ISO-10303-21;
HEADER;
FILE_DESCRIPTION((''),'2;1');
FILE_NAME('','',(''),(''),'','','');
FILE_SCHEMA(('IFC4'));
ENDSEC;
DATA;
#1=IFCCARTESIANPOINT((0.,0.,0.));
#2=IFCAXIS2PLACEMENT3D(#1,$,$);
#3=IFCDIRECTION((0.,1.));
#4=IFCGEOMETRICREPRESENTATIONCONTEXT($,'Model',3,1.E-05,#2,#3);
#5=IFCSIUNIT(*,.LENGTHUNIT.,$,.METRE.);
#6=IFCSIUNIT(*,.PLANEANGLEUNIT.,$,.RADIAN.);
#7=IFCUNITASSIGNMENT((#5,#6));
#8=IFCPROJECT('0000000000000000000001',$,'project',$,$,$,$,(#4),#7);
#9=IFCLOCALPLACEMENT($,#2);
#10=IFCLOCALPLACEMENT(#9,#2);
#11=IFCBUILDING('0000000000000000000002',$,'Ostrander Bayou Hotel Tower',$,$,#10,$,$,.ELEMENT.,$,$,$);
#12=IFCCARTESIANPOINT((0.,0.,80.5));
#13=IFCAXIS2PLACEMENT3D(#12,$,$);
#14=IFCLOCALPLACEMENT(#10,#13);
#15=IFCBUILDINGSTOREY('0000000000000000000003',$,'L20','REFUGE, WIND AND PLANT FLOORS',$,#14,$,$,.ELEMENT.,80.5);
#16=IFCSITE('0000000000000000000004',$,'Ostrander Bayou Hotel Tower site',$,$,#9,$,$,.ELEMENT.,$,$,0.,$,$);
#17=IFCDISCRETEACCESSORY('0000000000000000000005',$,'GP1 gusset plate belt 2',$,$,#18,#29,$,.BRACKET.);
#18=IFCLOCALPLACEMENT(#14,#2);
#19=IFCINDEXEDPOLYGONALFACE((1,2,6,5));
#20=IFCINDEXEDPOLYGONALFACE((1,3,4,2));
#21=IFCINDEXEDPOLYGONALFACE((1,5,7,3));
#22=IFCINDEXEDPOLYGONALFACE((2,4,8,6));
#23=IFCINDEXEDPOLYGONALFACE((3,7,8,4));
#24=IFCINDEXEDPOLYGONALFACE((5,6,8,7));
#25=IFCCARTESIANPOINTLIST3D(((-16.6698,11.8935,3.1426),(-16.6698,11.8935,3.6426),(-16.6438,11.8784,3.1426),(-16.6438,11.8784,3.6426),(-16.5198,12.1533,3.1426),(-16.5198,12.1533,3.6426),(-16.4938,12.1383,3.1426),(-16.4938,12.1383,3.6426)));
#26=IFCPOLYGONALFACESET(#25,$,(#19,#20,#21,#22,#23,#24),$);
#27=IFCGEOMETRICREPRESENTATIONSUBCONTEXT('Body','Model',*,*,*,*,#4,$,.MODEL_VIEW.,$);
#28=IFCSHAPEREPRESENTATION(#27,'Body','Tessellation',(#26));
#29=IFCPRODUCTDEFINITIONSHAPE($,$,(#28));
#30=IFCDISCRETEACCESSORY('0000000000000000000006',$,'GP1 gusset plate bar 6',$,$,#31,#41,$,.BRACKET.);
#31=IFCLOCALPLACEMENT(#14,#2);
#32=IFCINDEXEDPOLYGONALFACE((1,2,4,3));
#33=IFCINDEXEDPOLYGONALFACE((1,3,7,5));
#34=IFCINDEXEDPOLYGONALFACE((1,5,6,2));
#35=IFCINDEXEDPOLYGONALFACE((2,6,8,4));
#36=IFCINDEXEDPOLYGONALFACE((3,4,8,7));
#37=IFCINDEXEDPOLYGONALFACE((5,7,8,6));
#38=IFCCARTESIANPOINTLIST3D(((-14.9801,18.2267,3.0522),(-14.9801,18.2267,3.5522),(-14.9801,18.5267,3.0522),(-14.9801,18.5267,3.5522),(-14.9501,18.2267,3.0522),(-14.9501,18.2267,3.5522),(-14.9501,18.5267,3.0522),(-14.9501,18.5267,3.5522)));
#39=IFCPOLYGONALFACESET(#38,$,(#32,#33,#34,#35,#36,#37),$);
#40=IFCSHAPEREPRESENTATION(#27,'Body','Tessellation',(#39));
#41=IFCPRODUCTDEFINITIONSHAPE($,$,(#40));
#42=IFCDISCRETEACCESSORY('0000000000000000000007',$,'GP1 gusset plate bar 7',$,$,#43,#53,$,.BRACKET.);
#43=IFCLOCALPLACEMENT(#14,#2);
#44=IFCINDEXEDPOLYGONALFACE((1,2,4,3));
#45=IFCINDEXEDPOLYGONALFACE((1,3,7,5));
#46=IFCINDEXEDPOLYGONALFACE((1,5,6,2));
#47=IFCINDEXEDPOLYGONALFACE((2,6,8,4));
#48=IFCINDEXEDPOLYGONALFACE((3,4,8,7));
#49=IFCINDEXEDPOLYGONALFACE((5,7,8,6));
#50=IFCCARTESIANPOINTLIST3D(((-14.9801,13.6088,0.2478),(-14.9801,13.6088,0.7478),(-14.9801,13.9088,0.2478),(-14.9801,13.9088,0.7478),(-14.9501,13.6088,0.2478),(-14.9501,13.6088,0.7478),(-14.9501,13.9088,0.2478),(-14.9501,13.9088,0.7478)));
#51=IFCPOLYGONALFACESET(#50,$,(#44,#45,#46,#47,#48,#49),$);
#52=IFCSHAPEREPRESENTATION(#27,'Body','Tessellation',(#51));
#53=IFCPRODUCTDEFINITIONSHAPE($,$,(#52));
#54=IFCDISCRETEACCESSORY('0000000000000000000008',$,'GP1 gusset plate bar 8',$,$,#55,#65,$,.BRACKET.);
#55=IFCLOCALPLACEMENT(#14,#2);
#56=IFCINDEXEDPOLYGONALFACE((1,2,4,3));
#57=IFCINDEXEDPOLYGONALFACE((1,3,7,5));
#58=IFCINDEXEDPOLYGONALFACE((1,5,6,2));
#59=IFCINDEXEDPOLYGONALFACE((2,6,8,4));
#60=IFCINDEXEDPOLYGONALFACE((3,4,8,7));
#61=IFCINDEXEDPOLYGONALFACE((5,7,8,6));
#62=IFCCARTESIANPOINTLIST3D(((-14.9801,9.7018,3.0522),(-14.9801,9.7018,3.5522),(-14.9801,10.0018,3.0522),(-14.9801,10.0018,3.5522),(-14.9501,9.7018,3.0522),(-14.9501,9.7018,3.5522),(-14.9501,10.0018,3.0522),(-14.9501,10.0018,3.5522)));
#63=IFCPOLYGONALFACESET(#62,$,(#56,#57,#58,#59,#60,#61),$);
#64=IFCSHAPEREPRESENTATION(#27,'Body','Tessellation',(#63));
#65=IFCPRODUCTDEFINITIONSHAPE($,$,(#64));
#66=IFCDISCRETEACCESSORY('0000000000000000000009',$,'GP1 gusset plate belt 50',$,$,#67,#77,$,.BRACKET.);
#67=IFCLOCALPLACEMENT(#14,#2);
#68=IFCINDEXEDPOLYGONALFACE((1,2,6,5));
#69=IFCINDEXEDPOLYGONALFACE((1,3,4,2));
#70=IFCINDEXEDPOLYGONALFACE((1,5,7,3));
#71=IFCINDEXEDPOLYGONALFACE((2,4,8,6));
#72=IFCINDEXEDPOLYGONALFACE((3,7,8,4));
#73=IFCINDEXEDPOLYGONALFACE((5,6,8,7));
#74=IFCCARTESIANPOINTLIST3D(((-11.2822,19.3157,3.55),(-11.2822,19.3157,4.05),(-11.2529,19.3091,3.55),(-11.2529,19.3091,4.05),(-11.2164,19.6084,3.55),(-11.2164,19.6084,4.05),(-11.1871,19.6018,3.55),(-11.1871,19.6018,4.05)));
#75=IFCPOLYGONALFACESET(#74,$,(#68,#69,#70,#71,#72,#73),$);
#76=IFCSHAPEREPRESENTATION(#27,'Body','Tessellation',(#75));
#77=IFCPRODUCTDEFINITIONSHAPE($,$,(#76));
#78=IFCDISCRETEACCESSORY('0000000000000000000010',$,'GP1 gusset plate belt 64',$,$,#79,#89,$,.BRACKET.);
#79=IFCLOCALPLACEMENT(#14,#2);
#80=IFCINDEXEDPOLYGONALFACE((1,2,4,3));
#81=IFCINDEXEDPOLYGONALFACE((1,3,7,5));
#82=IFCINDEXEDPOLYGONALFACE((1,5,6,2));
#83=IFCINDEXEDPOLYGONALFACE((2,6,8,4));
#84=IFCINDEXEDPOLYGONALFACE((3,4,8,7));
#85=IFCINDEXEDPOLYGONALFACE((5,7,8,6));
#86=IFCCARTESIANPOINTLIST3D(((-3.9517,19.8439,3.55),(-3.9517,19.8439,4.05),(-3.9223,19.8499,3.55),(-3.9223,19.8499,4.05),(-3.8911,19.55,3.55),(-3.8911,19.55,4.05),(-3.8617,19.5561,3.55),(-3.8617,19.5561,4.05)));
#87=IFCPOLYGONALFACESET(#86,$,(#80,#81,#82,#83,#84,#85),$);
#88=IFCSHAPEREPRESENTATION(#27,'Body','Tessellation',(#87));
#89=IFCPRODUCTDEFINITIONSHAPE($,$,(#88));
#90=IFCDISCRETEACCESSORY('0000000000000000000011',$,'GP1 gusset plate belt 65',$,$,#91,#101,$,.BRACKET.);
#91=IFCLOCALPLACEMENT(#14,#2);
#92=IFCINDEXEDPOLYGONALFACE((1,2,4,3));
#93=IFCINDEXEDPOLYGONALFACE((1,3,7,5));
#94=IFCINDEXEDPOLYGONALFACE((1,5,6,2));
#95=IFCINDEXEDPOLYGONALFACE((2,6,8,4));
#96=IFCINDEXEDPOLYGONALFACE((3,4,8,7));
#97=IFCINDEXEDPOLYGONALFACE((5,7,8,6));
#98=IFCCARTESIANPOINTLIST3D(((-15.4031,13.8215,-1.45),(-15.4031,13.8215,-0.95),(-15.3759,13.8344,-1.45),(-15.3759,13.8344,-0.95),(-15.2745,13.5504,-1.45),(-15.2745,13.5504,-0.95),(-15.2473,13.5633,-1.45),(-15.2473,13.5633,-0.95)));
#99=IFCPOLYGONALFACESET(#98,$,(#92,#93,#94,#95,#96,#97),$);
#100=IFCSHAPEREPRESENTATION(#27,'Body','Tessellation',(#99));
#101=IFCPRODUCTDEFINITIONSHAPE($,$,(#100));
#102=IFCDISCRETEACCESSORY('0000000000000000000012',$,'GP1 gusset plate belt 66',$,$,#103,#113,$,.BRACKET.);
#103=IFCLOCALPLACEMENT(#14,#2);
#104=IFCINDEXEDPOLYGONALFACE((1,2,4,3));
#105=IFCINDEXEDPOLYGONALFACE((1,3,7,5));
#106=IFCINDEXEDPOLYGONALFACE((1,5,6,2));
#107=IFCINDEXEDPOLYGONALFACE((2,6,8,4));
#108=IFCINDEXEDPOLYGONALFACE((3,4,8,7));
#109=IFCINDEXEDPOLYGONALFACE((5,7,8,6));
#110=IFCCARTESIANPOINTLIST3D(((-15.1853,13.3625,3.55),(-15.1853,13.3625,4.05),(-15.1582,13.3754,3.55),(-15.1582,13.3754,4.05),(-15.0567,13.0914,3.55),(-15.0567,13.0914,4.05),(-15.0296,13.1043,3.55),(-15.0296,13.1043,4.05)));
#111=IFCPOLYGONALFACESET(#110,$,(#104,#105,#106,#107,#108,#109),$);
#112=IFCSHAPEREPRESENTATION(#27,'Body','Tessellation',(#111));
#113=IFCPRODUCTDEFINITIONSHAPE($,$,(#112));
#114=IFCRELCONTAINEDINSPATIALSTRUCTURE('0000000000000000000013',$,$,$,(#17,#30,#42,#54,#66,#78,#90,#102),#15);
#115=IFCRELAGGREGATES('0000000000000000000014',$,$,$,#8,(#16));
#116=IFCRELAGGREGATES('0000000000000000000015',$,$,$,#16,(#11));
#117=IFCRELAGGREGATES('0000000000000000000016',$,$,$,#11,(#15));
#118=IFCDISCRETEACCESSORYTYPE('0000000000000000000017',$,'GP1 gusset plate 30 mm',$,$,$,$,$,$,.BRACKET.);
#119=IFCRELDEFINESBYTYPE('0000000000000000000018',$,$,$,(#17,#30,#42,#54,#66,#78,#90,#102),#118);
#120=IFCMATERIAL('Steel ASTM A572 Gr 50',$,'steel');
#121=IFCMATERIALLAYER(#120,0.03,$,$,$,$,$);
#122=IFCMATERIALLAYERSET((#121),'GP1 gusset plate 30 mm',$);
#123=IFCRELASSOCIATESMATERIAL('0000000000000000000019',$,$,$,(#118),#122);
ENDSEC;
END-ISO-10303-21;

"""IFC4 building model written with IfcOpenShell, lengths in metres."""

from ifc_helpers import new_model, si_unit, direction, frame, origin, origin_2d, place, context, subcontext, project, spatial, rectangle, extrude, material, layer, layer_set, type_object, element, save


model = new_model("IFC4")

# Units and contexts
model_context = context("Model", 3, precision=1e-05, world=origin(), true_north=direction((0.0, 1.0)))
body_context = subcontext(model_context, "Body", "Model", "MODEL_VIEW")
ifc_project = project(units=[si_unit("LENGTHUNIT", "METRE"), si_unit("PLANEANGLEUNIT", "RADIAN")], contexts=[model_context])

# Site, building, storey
site_placement = place(None, origin())
site = spatial("IfcSite", under=ifc_project, at=site_placement, Name="Ostrander Bayou Hotel Tower site", CompositionType="ELEMENT", RefElevation=0.0)
building_placement = place(site_placement, origin())
building = spatial("IfcBuilding", under=site, at=building_placement, Name="Ostrander Bayou Hotel Tower", CompositionType="ELEMENT")
storey_placement = place(building_placement, frame((0.0, 0.0, 80.5)))
storey = spatial("IfcBuildingStorey", under=building, at=storey_placement, Name="L20", Description="REFUGE, WIND AND PLANT FLOORS", CompositionType="ELEMENT", Elevation=80.5)

# Discrete accessories
ifc_material_1 = material(Name="Steel ASTM A572 Gr 50", Category="steel")
ifc_layer_1 = layer(ifc_material_1, 0.03)
ifc_layer_set_1 = layer_set([ifc_layer_1], Name="GP1 gusset plate 30 mm")
discrete_accessory_type = type_object("IfcDiscreteAccessoryType", Name="GP1 gusset plate 30 mm", PredefinedType="BRACKET", material=ifc_layer_set_1)
for number, where, z_axis, x_axis, name in (
    (1, (-16.5818, 12.0159, 3.1426), (0.0, 0.0, 1.0), (0.5, 0.866025, 0.0), "GP1 gusset plate belt 2"),
    (2, (-14.9651, 18.3767, 3.0522), (0.0, 0.0, 1.0), (0.0, -1.0, 0.0), "GP1 gusset plate bar 6"),
    (3, (-14.9651, 13.7588, 0.2478), (0.0, 0.0, 1.0), (0.0, -1.0, 0.0), "GP1 gusset plate bar 7"),
    (4, (-14.9651, 9.8518, 3.0522), (0.0, 0.0, 1.0), (0.0, -1.0, 0.0), "GP1 gusset plate bar 8"),
    (5, (-11.2346, 19.4587, 3.55), (0.0, 0.0, 1.0), (-0.219369, -0.975642, 0.0), "GP1 gusset plate belt 50"),
    (6, (-3.9067, 19.7, 3.55), (0.0, 0.0, 1.0), (0.201967, -0.979392, 0.0), "GP1 gusset plate belt 64"),
    (7, (-15.3252, 13.6924, -1.45), (0.0, 0.0, 1.0), (0.42862, -0.903485, 0.0), "GP1 gusset plate belt 65"),
    (8, (-15.1074, 13.2334, 3.55), (0.0, 0.0, 1.0), (0.42862, -0.903485, 0.0), "GP1 gusset plate belt 66"),
):
    element("IfcDiscreteAccessory", number, at=place(storey_placement, frame(where, z_axis=z_axis, x_axis=x_axis)), inside=storey, type_object=discrete_accessory_type, Name=name, PredefinedType="BRACKET", context=body_context, shape_type="SweptSolid", body=[
        extrude(rectangle(XDim=0.3, YDim=0.03, at=origin_2d()), origin(), (0.0, 0.0, 1.0), 0.5),
    ])

save(model, "model.ifc")
